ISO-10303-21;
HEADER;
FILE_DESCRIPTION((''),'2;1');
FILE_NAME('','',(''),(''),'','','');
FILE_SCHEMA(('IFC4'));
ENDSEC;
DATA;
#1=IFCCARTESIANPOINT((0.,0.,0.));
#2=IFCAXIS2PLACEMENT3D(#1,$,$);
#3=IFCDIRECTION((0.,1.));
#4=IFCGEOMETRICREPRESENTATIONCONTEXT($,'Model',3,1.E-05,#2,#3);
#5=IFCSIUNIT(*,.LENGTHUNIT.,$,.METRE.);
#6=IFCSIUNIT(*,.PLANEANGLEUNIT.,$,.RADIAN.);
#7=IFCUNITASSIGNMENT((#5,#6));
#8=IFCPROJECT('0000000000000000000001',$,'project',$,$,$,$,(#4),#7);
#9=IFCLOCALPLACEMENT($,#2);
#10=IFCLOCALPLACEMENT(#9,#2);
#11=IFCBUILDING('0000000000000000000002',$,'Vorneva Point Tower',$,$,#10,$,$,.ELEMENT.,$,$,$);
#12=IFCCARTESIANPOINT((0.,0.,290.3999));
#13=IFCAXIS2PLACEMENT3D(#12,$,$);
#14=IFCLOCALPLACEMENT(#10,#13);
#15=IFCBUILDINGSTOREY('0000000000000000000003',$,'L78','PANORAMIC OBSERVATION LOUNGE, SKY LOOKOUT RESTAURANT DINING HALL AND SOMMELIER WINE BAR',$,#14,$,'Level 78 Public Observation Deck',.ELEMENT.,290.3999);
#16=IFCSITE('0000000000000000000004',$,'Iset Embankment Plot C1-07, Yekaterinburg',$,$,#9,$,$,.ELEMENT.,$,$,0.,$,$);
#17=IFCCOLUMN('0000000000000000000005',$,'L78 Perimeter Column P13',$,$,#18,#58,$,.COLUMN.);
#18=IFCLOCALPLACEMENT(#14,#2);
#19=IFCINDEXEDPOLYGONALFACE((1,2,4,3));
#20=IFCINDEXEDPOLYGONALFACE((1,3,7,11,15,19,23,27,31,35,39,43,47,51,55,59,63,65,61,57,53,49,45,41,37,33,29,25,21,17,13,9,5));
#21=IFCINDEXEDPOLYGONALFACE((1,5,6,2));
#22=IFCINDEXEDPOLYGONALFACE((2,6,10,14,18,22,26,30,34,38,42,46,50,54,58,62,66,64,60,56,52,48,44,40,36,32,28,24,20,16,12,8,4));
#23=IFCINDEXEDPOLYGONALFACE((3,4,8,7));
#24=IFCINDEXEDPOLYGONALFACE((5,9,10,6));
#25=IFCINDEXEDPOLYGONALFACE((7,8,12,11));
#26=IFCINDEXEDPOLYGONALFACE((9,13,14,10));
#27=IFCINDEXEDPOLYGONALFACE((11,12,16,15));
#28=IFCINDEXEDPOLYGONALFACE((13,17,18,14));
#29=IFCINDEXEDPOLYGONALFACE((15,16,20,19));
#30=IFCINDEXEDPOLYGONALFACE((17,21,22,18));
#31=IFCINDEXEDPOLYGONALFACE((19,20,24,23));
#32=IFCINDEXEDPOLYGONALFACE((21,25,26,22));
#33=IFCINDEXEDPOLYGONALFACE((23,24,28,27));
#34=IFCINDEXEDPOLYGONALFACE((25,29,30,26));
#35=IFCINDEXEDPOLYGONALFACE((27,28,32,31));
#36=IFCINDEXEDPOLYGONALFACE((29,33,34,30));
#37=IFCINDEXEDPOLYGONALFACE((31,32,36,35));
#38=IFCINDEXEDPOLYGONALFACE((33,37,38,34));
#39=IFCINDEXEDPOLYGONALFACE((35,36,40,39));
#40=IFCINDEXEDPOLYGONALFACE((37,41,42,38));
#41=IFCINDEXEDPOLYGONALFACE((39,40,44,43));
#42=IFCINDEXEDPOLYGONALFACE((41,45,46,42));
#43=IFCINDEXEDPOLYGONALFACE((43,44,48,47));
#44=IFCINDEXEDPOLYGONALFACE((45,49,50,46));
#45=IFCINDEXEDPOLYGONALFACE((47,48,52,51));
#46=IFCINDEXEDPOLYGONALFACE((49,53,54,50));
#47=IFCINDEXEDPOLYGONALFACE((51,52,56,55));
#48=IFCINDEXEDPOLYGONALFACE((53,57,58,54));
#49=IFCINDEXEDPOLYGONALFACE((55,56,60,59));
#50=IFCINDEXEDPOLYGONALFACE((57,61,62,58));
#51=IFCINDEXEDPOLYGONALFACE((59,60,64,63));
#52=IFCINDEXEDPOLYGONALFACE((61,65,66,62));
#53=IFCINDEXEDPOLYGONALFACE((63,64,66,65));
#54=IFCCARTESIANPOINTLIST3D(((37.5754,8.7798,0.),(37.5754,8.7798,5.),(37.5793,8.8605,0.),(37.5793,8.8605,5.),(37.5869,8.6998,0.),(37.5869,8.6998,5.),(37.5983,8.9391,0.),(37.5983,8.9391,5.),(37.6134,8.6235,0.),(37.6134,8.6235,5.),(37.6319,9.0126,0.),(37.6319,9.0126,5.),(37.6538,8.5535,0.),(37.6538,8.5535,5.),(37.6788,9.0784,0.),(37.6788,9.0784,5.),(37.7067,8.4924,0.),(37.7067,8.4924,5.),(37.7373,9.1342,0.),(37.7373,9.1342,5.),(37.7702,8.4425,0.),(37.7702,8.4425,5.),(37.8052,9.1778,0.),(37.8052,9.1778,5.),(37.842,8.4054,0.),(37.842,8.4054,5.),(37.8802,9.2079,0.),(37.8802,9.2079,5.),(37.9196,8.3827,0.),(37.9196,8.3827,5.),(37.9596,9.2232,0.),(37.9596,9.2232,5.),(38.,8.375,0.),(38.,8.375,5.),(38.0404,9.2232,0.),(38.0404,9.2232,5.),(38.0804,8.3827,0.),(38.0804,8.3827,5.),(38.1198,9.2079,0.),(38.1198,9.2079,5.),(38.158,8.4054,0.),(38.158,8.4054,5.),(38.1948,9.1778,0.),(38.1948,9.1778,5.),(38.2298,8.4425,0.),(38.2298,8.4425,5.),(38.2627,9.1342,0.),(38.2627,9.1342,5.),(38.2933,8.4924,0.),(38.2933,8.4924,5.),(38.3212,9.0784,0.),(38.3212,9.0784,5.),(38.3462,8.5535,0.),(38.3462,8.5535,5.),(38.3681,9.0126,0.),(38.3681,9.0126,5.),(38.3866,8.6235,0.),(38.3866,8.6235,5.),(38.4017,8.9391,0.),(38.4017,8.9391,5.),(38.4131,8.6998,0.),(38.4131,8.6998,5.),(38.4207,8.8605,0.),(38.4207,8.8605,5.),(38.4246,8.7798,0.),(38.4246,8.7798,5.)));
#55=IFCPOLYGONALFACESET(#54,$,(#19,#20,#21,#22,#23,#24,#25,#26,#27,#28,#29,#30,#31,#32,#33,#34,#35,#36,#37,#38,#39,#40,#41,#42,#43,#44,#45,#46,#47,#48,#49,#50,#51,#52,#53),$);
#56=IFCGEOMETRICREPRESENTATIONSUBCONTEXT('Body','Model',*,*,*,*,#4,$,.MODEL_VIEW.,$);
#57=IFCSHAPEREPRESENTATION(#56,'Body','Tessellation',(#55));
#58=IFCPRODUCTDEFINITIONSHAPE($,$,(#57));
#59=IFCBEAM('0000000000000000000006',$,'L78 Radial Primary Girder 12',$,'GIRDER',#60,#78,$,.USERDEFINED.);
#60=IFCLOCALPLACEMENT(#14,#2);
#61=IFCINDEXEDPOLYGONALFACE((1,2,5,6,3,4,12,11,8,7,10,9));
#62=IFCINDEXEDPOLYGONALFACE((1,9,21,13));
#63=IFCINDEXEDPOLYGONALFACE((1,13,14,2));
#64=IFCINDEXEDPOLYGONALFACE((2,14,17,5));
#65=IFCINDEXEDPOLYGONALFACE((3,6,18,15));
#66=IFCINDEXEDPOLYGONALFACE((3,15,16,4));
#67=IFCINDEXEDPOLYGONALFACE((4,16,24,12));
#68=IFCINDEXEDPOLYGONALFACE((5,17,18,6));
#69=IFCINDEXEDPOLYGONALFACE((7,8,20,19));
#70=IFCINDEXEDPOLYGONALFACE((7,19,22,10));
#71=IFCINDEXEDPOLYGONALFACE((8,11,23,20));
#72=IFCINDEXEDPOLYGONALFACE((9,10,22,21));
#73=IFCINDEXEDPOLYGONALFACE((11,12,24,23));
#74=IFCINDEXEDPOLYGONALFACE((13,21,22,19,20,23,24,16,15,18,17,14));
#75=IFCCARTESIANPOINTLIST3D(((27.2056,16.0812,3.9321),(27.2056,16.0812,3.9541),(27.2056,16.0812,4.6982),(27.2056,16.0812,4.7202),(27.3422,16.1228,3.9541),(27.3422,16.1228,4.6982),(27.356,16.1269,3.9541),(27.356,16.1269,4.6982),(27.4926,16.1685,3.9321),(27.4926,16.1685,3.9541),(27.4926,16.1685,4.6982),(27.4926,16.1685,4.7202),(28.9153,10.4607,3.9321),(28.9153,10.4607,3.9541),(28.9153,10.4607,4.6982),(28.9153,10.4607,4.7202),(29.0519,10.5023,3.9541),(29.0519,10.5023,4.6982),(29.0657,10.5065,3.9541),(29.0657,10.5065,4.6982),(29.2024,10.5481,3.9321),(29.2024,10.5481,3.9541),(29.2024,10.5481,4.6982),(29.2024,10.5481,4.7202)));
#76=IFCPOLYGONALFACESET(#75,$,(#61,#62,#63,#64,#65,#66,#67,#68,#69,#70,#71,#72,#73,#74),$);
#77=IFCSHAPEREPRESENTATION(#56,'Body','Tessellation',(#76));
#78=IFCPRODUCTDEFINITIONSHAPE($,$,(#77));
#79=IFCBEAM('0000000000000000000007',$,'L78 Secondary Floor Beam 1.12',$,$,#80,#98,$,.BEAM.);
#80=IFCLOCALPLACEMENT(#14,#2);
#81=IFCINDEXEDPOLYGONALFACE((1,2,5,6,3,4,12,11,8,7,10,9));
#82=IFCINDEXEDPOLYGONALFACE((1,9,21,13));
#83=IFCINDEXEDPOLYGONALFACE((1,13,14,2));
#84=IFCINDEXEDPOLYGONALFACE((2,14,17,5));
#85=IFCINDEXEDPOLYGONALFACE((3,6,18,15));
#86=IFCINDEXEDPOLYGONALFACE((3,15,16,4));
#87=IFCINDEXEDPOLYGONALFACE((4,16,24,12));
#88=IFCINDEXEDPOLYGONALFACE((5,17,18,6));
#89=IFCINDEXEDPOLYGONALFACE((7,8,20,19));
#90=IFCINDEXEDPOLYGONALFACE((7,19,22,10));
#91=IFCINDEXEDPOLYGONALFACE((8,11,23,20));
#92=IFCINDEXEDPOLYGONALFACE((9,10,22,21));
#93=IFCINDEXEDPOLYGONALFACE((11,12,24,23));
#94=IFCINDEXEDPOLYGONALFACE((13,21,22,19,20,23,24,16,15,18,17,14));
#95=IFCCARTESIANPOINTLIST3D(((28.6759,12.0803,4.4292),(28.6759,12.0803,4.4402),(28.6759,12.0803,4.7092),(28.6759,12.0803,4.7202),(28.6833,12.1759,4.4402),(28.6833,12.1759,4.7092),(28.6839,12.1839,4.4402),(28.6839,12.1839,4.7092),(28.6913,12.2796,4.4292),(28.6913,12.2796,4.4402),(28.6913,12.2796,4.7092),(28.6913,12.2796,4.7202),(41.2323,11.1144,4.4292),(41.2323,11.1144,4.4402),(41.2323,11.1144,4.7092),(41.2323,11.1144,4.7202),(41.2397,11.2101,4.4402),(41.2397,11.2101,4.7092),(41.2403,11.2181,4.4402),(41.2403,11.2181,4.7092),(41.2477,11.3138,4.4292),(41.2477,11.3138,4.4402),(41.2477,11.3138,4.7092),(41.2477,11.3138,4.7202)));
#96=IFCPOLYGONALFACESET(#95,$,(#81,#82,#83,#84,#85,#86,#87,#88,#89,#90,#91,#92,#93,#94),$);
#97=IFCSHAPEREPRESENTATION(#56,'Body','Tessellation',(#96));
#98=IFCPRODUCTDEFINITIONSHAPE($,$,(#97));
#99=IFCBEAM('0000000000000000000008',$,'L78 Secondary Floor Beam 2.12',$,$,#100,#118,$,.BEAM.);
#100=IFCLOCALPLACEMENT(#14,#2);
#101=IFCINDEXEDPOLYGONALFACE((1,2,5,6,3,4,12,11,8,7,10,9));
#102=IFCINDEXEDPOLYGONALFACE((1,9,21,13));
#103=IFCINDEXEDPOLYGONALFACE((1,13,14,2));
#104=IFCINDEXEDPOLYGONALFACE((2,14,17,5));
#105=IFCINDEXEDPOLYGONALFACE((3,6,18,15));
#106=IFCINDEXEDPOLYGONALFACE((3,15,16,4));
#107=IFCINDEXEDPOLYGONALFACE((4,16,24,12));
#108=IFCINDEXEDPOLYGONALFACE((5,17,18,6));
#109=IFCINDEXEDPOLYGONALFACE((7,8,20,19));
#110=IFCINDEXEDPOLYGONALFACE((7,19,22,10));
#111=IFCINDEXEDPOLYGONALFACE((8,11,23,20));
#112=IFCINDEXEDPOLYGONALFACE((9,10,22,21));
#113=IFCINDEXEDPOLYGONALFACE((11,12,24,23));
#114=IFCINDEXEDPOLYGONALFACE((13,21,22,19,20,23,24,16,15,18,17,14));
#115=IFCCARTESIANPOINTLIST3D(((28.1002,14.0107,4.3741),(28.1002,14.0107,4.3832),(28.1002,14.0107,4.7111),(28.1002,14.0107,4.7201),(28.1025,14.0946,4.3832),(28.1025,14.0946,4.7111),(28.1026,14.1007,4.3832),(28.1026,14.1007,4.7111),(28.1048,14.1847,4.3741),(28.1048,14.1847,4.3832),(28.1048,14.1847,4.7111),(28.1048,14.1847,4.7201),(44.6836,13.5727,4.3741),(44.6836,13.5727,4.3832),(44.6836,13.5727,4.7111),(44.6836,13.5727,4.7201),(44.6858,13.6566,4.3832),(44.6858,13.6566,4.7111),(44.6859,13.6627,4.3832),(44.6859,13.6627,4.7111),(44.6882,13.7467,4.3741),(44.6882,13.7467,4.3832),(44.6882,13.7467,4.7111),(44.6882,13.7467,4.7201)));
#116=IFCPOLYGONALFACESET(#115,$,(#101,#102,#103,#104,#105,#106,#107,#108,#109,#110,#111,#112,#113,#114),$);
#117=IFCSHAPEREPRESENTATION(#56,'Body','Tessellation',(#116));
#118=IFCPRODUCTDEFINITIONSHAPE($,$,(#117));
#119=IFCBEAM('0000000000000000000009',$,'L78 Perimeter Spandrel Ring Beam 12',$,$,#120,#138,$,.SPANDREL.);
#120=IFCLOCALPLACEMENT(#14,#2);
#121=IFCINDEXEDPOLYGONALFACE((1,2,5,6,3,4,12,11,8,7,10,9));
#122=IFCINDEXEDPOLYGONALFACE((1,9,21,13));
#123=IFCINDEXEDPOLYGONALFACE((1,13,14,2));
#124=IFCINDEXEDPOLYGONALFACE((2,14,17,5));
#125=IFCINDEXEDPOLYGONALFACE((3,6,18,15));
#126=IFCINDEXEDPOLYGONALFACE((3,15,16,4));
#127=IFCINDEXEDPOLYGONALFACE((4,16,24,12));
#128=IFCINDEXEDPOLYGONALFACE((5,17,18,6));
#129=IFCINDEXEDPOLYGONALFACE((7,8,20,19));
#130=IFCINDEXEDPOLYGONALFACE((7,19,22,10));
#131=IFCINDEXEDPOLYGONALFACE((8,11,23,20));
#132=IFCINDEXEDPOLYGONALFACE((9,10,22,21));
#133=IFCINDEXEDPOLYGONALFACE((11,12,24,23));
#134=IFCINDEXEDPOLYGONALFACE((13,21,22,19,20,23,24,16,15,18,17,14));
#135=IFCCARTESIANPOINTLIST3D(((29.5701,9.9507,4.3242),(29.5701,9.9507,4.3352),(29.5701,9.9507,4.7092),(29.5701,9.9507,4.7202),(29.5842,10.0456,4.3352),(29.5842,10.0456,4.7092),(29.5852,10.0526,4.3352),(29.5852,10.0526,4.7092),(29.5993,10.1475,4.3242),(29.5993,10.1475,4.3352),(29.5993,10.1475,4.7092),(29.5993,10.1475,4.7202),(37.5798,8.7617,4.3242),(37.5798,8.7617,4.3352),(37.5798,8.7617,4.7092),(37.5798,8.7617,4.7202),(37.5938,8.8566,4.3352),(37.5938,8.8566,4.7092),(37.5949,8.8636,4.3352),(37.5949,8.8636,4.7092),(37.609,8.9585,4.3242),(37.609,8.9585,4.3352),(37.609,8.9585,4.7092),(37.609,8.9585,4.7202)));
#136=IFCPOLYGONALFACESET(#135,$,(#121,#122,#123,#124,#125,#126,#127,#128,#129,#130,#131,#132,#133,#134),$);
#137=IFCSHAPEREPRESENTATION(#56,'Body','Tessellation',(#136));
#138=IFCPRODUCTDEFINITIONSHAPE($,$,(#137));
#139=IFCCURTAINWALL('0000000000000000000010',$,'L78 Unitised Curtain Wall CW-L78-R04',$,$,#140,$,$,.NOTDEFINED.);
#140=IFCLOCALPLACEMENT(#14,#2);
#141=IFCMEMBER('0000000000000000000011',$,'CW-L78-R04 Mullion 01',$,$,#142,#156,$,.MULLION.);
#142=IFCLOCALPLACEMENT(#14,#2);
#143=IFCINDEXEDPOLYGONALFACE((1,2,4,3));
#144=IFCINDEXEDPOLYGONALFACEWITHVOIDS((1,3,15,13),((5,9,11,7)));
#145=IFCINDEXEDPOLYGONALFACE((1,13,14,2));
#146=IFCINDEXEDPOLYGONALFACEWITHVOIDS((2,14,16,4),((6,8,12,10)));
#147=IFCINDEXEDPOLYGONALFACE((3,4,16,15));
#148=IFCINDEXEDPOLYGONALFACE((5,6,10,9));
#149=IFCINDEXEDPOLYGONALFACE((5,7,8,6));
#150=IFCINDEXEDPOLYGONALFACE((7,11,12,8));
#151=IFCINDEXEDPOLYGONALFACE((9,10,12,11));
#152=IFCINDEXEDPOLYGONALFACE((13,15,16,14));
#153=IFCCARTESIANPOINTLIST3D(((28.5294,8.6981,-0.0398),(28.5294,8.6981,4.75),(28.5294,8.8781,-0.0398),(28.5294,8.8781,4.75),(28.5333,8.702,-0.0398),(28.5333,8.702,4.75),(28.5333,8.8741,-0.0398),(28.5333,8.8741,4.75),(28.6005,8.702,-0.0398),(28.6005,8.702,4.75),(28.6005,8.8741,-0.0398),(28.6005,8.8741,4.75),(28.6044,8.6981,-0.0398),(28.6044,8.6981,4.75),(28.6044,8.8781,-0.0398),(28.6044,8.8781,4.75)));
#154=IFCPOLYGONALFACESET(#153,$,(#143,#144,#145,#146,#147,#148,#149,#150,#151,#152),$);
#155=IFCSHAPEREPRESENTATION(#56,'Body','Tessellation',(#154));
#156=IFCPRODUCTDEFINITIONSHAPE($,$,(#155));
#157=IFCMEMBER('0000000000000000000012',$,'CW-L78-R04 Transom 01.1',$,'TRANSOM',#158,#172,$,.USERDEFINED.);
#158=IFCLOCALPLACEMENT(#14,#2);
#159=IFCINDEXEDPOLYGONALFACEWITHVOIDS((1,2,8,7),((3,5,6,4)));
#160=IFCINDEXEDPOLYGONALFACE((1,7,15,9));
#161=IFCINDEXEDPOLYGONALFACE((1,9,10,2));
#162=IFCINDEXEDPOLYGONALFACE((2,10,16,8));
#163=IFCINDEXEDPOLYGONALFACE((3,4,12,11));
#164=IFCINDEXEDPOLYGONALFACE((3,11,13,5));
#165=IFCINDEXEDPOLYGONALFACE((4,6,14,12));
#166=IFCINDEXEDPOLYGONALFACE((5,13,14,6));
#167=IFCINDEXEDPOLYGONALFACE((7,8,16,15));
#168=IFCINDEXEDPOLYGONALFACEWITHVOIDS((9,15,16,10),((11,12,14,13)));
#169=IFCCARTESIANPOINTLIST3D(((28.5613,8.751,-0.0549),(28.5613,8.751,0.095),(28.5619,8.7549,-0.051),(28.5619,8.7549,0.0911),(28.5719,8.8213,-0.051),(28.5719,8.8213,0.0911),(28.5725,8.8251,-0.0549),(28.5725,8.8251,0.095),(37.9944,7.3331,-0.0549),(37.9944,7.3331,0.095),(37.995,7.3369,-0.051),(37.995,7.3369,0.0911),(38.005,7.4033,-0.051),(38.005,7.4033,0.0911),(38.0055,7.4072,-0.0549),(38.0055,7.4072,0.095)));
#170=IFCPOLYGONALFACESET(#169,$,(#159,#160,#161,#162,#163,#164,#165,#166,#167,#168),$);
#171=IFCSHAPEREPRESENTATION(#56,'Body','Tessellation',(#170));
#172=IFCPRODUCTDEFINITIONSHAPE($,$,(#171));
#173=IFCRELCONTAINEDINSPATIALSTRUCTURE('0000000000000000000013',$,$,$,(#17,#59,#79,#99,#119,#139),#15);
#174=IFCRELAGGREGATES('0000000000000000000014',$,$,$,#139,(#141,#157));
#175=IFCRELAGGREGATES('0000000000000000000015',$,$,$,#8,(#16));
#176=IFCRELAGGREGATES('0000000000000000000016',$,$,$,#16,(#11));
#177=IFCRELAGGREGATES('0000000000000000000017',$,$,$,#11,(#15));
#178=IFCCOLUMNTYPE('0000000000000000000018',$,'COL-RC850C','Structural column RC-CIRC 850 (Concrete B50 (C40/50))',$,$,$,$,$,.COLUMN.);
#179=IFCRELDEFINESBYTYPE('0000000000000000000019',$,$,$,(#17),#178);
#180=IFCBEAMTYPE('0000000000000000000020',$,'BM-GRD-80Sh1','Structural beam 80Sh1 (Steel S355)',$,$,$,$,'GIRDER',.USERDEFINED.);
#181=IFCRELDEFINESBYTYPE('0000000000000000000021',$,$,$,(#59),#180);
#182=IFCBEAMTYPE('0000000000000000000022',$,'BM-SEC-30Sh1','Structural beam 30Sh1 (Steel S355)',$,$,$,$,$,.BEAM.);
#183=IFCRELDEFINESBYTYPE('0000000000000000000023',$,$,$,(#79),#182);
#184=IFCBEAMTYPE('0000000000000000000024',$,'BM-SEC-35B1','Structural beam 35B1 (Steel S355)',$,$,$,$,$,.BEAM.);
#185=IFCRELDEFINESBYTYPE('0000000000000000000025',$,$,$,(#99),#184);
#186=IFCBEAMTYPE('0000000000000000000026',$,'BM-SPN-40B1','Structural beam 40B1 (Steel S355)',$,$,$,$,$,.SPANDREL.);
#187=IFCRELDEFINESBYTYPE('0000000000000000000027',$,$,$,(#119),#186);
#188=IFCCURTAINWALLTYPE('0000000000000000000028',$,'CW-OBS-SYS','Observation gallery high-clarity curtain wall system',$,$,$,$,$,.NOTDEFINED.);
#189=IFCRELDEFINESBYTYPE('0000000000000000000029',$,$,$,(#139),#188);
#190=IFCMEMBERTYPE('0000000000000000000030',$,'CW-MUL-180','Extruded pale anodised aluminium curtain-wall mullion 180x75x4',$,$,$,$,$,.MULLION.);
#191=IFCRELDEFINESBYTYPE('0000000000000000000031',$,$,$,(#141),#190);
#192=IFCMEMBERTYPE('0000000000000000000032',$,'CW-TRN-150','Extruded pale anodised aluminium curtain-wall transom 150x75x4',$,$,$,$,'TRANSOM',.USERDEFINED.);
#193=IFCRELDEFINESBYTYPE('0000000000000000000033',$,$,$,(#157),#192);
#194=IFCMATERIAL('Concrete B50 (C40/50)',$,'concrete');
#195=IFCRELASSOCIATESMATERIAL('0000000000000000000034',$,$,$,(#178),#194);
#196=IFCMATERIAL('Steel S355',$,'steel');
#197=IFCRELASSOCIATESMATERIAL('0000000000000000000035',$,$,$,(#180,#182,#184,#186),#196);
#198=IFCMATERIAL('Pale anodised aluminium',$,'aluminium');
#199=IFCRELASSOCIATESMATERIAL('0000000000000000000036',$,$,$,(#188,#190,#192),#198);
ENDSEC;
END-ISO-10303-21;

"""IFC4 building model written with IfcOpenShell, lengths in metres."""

from ifc_helpers import new_model, si_unit, direction, frame, origin, origin_2d, place, context, subcontext, project, spatial, hollow_rectangle, circle, i_section, extrude, material, material_profile, profile_set, type_object, element, aggregate, save


model = new_model("IFC4")

# Units and contexts
model_context = context("Model", 3, precision=1e-05, world=origin(), true_north=direction((0.0, 1.0)))
body_context = subcontext(model_context, "Body", "Model", "MODEL_VIEW")
ifc_project = project(units=[si_unit("LENGTHUNIT", "METRE"), si_unit("PLANEANGLEUNIT", "RADIAN")], contexts=[model_context])

# Site, building, storey
site_placement = place(None, origin())
site = spatial("IfcSite", under=ifc_project, at=site_placement, Name="Iset Embankment Plot C1-07, Yekaterinburg", CompositionType="ELEMENT", RefElevation=0.0)
building_placement = place(site_placement, origin())
building = spatial("IfcBuilding", under=site, at=building_placement, Name="Vorneva Point Tower", CompositionType="ELEMENT")
storey_placement = place(building_placement, frame((0.0, 0.0, 290.3999)))
storey = spatial("IfcBuildingStorey", under=building, at=storey_placement, Name="L78", Description="PANORAMIC OBSERVATION LOUNGE, SKY LOOKOUT RESTAURANT DINING HALL AND SOMMELIER WINE BAR", LongName="Level 78 Public Observation Deck", CompositionType="ELEMENT", Elevation=290.3999)

# Column
ifc_material_1 = material(Name="Concrete B50 (C40/50)", Category="concrete")
ifc_material_profile_1 = material_profile(ifc_material_1, circle(Radius=0.425, at=origin_2d()), Name="RC-CIRC 850")
ifc_profile_set_1 = profile_set([ifc_material_profile_1], Name="Concrete B50 (C40/50)")
column_type = type_object("IfcColumnType", Name="COL-RC850C", Description="Structural column RC-CIRC 850 (Concrete B50 (C40/50))", PredefinedType="COLUMN", material=ifc_profile_set_1)
for number, where, z_axis, x_axis, name in (
    (1, (38.0, 8.8, 0.0), (0.0, 0.0, 1.0), (0.0, -1.0, 0.0), "L78 Perimeter Column P13"),
):
    element("IfcColumn", number, at=place(storey_placement, frame(where, z_axis=z_axis, x_axis=x_axis)), inside=storey, type_object=column_type, Name=name, PredefinedType="COLUMN", context=body_context, shape_type="SweptSolid", body=[
        extrude(circle(Radius=0.425, at=origin_2d()), origin(), (0.0, 0.0, 1.0), 5.0),
    ])

# Beams
ifc_material_2 = material(Name="Steel S355", Category="steel")
ifc_material_profile_2 = material_profile(ifc_material_2, i_section(OverallWidth=0.3, OverallDepth=0.7881, WebThickness=0.0144, FlangeThickness=0.022, at=origin_2d()), Name="80Sh1")
ifc_profile_set_2 = profile_set([ifc_material_profile_2], Name="Steel S355")
beam_type_1 = type_object("IfcBeamType", Name="BM-GRD-80Sh1", Description="Structural beam 80Sh1 (Steel S355)", ElementType="GIRDER", PredefinedType="USERDEFINED", material=ifc_profile_set_2)
beam_1_placement = place(storey_placement, frame((29.0588, 10.5044, 4.3262), z_axis=(-0.291033, 0.956713, 0.0), x_axis=(-0.956713, -0.291033, 0.0)))
element("IfcBeam", 2, at=beam_1_placement, inside=storey, type_object=beam_type_1, Name="L78 Radial Primary Girder 12", ObjectType="GIRDER", PredefinedType="USERDEFINED", context=body_context, shape_type="SweptSolid", body=[
    extrude(i_section(OverallWidth=0.3, OverallDepth=0.7881, WebThickness=0.0144, FlangeThickness=0.022, at=origin_2d()), origin(), (0.0, 0.0, 1.0), 5.8748),
])
ifc_material_profile_3 = material_profile(ifc_material_2, i_section(OverallWidth=0.2, OverallDepth=0.291, WebThickness=0.0081, FlangeThickness=0.011, at=origin_2d()), Name="30Sh1")
ifc_profile_set_3 = profile_set([ifc_material_profile_3], Name="Steel S355")
beam_type_2 = type_object("IfcBeamType", Name="BM-SEC-30Sh1", Description="Structural beam 30Sh1 (Steel S355)", PredefinedType="BEAM", material=ifc_profile_set_3)
beam_2_placement = place(storey_placement, frame((28.6836, 12.1799, 4.5747), z_axis=(0.997055, -0.076692, 0.0), x_axis=(0.076692, 0.997055, 0.0)))
element("IfcBeam", 3, at=beam_2_placement, inside=storey, type_object=beam_type_2, Name="L78 Secondary Floor Beam 1.12", PredefinedType="BEAM", context=body_context, shape_type="SweptSolid", body=[
    extrude(i_section(OverallWidth=0.2, OverallDepth=0.291, WebThickness=0.0081, FlangeThickness=0.011, at=origin_2d()), origin(), (0.0, 0.0, 1.0), 12.5935),
])
ifc_material_profile_4 = material_profile(ifc_material_2, i_section(OverallWidth=0.1741, OverallDepth=0.3459, WebThickness=0.0061, FlangeThickness=0.009, at=origin_2d()), Name="35B1")
ifc_profile_set_4 = profile_set([ifc_material_profile_4], Name="Steel S355")
beam_type_3 = type_object("IfcBeamType", Name="BM-SEC-35B1", Description="Structural beam 35B1 (Steel S355)", PredefinedType="BEAM", material=ifc_profile_set_4)
beam_3_placement = place(storey_placement, frame((28.1025, 14.0977, 4.5471), z_axis=(0.999651, -0.026402, 0.0), x_axis=(0.026402, 0.999651, 0.0)))
element("IfcBeam", 4, at=beam_3_placement, inside=storey, type_object=beam_type_3, Name="L78 Secondary Floor Beam 2.12", PredefinedType="BEAM", context=body_context, shape_type="SweptSolid", body=[
    extrude(i_section(OverallWidth=0.1741, OverallDepth=0.3459, WebThickness=0.0061, FlangeThickness=0.009, at=origin_2d()), origin(), (0.0, 0.0, 1.0), 16.5891),
])
ifc_material_profile_5 = material_profile(ifc_material_2, i_section(OverallWidth=0.199, OverallDepth=0.396, WebThickness=0.0071, FlangeThickness=0.011, at=origin_2d()), Name="40B1")
ifc_profile_set_5 = profile_set([ifc_material_profile_5], Name="Steel S355")
beam_type_4 = type_object("IfcBeamType", Name="BM-SPN-40B1", Description="Structural beam 40B1 (Steel S355)", PredefinedType="SPANDREL", material=ifc_profile_set_5)
beam_4_placement = place(storey_placement, frame((29.5847, 10.0491, 4.5222), z_axis=(0.989162, -0.146831, 0.0), x_axis=(0.146831, 0.989162, 0.0)))
element("IfcBeam", 5, at=beam_4_placement, inside=storey, type_object=beam_type_4, Name="L78 Perimeter Spandrel Ring Beam 12", PredefinedType="SPANDREL", context=body_context, shape_type="SweptSolid", body=[
    extrude(i_section(OverallWidth=0.199, OverallDepth=0.396, WebThickness=0.0071, FlangeThickness=0.011, at=origin_2d()), origin(), (0.0, 0.0, 1.0), 8.0974),
])

# Curtain wall, members
ifc_material_3 = material(Name="Pale anodised aluminium", Category="aluminium")
curtain_wall_type = type_object("IfcCurtainWallType", Name="CW-OBS-SYS", Description="Observation gallery high-clarity curtain wall system", PredefinedType="NOTDEFINED", material=ifc_material_3)
curtain_wall_placement = place(storey_placement, origin())
curtain_wall = element("IfcCurtainWall", 6, at=curtain_wall_placement, inside=storey, type_object=curtain_wall_type, Name="L78 Unitised Curtain Wall CW-L78-R04", PredefinedType="NOTDEFINED")
ifc_material_profile_6 = material_profile(ifc_material_3, hollow_rectangle(XDim=0.075, YDim=0.1799, WallThickness=0.0039, at=origin_2d()), Name="AL-MUL 180x75x4")
ifc_profile_set_6 = profile_set([ifc_material_profile_6], Name="Pale anodised aluminium")
member_type_1 = type_object("IfcMemberType", Name="CW-MUL-180", Description="Extruded pale anodised aluminium curtain-wall mullion 180x75x4", PredefinedType="MULLION", material=ifc_profile_set_6)
member_1_placement = place(storey_placement, frame((28.5669, 8.7881, -0.0398), z_axis=(0.0, 0.0, 1.0), x_axis=(1.0, 0.0, 0.0)))
member_1 = element("IfcMember", 7, at=member_1_placement, type_object=member_type_1, Name="CW-L78-R04 Mullion 01", PredefinedType="MULLION", context=body_context, shape_type="SweptSolid", body=[
    extrude(hollow_rectangle(XDim=0.075, YDim=0.1799, WallThickness=0.0039, at=origin_2d()), origin(), (0.0, 0.0, 1.0), 4.7898),
])
ifc_material_profile_7 = material_profile(ifc_material_3, hollow_rectangle(XDim=0.075, YDim=0.1499, WallThickness=0.0039, at=origin_2d()), Name="AL-TRN 150x75x4")
ifc_profile_set_7 = profile_set([ifc_material_profile_7], Name="Pale anodised aluminium")
member_type_2 = type_object("IfcMemberType", Name="CW-TRN-150", Description="Extruded pale anodised aluminium curtain-wall transom 150x75x4", ElementType="TRANSOM", PredefinedType="USERDEFINED", material=ifc_profile_set_7)
member_2_placement = place(storey_placement, frame((28.5669, 8.7881, 0.02), z_axis=(0.98889, -0.148648, 0.0), x_axis=(0.148648, 0.98889, 0.0)))
member_2 = element("IfcMember", 8, at=member_2_placement, type_object=member_type_2, Name="CW-L78-R04 Transom 01.1", ObjectType="TRANSOM", PredefinedType="USERDEFINED", context=body_context, shape_type="SweptSolid", body=[
    extrude(hollow_rectangle(XDim=0.075, YDim=0.1499, WallThickness=0.0039, at=origin_2d()), origin(), (0.0, 0.0, 1.0), 9.5391),
])
aggregate(curtain_wall, [member_1, member_2])

save(model, "model.ifc")
